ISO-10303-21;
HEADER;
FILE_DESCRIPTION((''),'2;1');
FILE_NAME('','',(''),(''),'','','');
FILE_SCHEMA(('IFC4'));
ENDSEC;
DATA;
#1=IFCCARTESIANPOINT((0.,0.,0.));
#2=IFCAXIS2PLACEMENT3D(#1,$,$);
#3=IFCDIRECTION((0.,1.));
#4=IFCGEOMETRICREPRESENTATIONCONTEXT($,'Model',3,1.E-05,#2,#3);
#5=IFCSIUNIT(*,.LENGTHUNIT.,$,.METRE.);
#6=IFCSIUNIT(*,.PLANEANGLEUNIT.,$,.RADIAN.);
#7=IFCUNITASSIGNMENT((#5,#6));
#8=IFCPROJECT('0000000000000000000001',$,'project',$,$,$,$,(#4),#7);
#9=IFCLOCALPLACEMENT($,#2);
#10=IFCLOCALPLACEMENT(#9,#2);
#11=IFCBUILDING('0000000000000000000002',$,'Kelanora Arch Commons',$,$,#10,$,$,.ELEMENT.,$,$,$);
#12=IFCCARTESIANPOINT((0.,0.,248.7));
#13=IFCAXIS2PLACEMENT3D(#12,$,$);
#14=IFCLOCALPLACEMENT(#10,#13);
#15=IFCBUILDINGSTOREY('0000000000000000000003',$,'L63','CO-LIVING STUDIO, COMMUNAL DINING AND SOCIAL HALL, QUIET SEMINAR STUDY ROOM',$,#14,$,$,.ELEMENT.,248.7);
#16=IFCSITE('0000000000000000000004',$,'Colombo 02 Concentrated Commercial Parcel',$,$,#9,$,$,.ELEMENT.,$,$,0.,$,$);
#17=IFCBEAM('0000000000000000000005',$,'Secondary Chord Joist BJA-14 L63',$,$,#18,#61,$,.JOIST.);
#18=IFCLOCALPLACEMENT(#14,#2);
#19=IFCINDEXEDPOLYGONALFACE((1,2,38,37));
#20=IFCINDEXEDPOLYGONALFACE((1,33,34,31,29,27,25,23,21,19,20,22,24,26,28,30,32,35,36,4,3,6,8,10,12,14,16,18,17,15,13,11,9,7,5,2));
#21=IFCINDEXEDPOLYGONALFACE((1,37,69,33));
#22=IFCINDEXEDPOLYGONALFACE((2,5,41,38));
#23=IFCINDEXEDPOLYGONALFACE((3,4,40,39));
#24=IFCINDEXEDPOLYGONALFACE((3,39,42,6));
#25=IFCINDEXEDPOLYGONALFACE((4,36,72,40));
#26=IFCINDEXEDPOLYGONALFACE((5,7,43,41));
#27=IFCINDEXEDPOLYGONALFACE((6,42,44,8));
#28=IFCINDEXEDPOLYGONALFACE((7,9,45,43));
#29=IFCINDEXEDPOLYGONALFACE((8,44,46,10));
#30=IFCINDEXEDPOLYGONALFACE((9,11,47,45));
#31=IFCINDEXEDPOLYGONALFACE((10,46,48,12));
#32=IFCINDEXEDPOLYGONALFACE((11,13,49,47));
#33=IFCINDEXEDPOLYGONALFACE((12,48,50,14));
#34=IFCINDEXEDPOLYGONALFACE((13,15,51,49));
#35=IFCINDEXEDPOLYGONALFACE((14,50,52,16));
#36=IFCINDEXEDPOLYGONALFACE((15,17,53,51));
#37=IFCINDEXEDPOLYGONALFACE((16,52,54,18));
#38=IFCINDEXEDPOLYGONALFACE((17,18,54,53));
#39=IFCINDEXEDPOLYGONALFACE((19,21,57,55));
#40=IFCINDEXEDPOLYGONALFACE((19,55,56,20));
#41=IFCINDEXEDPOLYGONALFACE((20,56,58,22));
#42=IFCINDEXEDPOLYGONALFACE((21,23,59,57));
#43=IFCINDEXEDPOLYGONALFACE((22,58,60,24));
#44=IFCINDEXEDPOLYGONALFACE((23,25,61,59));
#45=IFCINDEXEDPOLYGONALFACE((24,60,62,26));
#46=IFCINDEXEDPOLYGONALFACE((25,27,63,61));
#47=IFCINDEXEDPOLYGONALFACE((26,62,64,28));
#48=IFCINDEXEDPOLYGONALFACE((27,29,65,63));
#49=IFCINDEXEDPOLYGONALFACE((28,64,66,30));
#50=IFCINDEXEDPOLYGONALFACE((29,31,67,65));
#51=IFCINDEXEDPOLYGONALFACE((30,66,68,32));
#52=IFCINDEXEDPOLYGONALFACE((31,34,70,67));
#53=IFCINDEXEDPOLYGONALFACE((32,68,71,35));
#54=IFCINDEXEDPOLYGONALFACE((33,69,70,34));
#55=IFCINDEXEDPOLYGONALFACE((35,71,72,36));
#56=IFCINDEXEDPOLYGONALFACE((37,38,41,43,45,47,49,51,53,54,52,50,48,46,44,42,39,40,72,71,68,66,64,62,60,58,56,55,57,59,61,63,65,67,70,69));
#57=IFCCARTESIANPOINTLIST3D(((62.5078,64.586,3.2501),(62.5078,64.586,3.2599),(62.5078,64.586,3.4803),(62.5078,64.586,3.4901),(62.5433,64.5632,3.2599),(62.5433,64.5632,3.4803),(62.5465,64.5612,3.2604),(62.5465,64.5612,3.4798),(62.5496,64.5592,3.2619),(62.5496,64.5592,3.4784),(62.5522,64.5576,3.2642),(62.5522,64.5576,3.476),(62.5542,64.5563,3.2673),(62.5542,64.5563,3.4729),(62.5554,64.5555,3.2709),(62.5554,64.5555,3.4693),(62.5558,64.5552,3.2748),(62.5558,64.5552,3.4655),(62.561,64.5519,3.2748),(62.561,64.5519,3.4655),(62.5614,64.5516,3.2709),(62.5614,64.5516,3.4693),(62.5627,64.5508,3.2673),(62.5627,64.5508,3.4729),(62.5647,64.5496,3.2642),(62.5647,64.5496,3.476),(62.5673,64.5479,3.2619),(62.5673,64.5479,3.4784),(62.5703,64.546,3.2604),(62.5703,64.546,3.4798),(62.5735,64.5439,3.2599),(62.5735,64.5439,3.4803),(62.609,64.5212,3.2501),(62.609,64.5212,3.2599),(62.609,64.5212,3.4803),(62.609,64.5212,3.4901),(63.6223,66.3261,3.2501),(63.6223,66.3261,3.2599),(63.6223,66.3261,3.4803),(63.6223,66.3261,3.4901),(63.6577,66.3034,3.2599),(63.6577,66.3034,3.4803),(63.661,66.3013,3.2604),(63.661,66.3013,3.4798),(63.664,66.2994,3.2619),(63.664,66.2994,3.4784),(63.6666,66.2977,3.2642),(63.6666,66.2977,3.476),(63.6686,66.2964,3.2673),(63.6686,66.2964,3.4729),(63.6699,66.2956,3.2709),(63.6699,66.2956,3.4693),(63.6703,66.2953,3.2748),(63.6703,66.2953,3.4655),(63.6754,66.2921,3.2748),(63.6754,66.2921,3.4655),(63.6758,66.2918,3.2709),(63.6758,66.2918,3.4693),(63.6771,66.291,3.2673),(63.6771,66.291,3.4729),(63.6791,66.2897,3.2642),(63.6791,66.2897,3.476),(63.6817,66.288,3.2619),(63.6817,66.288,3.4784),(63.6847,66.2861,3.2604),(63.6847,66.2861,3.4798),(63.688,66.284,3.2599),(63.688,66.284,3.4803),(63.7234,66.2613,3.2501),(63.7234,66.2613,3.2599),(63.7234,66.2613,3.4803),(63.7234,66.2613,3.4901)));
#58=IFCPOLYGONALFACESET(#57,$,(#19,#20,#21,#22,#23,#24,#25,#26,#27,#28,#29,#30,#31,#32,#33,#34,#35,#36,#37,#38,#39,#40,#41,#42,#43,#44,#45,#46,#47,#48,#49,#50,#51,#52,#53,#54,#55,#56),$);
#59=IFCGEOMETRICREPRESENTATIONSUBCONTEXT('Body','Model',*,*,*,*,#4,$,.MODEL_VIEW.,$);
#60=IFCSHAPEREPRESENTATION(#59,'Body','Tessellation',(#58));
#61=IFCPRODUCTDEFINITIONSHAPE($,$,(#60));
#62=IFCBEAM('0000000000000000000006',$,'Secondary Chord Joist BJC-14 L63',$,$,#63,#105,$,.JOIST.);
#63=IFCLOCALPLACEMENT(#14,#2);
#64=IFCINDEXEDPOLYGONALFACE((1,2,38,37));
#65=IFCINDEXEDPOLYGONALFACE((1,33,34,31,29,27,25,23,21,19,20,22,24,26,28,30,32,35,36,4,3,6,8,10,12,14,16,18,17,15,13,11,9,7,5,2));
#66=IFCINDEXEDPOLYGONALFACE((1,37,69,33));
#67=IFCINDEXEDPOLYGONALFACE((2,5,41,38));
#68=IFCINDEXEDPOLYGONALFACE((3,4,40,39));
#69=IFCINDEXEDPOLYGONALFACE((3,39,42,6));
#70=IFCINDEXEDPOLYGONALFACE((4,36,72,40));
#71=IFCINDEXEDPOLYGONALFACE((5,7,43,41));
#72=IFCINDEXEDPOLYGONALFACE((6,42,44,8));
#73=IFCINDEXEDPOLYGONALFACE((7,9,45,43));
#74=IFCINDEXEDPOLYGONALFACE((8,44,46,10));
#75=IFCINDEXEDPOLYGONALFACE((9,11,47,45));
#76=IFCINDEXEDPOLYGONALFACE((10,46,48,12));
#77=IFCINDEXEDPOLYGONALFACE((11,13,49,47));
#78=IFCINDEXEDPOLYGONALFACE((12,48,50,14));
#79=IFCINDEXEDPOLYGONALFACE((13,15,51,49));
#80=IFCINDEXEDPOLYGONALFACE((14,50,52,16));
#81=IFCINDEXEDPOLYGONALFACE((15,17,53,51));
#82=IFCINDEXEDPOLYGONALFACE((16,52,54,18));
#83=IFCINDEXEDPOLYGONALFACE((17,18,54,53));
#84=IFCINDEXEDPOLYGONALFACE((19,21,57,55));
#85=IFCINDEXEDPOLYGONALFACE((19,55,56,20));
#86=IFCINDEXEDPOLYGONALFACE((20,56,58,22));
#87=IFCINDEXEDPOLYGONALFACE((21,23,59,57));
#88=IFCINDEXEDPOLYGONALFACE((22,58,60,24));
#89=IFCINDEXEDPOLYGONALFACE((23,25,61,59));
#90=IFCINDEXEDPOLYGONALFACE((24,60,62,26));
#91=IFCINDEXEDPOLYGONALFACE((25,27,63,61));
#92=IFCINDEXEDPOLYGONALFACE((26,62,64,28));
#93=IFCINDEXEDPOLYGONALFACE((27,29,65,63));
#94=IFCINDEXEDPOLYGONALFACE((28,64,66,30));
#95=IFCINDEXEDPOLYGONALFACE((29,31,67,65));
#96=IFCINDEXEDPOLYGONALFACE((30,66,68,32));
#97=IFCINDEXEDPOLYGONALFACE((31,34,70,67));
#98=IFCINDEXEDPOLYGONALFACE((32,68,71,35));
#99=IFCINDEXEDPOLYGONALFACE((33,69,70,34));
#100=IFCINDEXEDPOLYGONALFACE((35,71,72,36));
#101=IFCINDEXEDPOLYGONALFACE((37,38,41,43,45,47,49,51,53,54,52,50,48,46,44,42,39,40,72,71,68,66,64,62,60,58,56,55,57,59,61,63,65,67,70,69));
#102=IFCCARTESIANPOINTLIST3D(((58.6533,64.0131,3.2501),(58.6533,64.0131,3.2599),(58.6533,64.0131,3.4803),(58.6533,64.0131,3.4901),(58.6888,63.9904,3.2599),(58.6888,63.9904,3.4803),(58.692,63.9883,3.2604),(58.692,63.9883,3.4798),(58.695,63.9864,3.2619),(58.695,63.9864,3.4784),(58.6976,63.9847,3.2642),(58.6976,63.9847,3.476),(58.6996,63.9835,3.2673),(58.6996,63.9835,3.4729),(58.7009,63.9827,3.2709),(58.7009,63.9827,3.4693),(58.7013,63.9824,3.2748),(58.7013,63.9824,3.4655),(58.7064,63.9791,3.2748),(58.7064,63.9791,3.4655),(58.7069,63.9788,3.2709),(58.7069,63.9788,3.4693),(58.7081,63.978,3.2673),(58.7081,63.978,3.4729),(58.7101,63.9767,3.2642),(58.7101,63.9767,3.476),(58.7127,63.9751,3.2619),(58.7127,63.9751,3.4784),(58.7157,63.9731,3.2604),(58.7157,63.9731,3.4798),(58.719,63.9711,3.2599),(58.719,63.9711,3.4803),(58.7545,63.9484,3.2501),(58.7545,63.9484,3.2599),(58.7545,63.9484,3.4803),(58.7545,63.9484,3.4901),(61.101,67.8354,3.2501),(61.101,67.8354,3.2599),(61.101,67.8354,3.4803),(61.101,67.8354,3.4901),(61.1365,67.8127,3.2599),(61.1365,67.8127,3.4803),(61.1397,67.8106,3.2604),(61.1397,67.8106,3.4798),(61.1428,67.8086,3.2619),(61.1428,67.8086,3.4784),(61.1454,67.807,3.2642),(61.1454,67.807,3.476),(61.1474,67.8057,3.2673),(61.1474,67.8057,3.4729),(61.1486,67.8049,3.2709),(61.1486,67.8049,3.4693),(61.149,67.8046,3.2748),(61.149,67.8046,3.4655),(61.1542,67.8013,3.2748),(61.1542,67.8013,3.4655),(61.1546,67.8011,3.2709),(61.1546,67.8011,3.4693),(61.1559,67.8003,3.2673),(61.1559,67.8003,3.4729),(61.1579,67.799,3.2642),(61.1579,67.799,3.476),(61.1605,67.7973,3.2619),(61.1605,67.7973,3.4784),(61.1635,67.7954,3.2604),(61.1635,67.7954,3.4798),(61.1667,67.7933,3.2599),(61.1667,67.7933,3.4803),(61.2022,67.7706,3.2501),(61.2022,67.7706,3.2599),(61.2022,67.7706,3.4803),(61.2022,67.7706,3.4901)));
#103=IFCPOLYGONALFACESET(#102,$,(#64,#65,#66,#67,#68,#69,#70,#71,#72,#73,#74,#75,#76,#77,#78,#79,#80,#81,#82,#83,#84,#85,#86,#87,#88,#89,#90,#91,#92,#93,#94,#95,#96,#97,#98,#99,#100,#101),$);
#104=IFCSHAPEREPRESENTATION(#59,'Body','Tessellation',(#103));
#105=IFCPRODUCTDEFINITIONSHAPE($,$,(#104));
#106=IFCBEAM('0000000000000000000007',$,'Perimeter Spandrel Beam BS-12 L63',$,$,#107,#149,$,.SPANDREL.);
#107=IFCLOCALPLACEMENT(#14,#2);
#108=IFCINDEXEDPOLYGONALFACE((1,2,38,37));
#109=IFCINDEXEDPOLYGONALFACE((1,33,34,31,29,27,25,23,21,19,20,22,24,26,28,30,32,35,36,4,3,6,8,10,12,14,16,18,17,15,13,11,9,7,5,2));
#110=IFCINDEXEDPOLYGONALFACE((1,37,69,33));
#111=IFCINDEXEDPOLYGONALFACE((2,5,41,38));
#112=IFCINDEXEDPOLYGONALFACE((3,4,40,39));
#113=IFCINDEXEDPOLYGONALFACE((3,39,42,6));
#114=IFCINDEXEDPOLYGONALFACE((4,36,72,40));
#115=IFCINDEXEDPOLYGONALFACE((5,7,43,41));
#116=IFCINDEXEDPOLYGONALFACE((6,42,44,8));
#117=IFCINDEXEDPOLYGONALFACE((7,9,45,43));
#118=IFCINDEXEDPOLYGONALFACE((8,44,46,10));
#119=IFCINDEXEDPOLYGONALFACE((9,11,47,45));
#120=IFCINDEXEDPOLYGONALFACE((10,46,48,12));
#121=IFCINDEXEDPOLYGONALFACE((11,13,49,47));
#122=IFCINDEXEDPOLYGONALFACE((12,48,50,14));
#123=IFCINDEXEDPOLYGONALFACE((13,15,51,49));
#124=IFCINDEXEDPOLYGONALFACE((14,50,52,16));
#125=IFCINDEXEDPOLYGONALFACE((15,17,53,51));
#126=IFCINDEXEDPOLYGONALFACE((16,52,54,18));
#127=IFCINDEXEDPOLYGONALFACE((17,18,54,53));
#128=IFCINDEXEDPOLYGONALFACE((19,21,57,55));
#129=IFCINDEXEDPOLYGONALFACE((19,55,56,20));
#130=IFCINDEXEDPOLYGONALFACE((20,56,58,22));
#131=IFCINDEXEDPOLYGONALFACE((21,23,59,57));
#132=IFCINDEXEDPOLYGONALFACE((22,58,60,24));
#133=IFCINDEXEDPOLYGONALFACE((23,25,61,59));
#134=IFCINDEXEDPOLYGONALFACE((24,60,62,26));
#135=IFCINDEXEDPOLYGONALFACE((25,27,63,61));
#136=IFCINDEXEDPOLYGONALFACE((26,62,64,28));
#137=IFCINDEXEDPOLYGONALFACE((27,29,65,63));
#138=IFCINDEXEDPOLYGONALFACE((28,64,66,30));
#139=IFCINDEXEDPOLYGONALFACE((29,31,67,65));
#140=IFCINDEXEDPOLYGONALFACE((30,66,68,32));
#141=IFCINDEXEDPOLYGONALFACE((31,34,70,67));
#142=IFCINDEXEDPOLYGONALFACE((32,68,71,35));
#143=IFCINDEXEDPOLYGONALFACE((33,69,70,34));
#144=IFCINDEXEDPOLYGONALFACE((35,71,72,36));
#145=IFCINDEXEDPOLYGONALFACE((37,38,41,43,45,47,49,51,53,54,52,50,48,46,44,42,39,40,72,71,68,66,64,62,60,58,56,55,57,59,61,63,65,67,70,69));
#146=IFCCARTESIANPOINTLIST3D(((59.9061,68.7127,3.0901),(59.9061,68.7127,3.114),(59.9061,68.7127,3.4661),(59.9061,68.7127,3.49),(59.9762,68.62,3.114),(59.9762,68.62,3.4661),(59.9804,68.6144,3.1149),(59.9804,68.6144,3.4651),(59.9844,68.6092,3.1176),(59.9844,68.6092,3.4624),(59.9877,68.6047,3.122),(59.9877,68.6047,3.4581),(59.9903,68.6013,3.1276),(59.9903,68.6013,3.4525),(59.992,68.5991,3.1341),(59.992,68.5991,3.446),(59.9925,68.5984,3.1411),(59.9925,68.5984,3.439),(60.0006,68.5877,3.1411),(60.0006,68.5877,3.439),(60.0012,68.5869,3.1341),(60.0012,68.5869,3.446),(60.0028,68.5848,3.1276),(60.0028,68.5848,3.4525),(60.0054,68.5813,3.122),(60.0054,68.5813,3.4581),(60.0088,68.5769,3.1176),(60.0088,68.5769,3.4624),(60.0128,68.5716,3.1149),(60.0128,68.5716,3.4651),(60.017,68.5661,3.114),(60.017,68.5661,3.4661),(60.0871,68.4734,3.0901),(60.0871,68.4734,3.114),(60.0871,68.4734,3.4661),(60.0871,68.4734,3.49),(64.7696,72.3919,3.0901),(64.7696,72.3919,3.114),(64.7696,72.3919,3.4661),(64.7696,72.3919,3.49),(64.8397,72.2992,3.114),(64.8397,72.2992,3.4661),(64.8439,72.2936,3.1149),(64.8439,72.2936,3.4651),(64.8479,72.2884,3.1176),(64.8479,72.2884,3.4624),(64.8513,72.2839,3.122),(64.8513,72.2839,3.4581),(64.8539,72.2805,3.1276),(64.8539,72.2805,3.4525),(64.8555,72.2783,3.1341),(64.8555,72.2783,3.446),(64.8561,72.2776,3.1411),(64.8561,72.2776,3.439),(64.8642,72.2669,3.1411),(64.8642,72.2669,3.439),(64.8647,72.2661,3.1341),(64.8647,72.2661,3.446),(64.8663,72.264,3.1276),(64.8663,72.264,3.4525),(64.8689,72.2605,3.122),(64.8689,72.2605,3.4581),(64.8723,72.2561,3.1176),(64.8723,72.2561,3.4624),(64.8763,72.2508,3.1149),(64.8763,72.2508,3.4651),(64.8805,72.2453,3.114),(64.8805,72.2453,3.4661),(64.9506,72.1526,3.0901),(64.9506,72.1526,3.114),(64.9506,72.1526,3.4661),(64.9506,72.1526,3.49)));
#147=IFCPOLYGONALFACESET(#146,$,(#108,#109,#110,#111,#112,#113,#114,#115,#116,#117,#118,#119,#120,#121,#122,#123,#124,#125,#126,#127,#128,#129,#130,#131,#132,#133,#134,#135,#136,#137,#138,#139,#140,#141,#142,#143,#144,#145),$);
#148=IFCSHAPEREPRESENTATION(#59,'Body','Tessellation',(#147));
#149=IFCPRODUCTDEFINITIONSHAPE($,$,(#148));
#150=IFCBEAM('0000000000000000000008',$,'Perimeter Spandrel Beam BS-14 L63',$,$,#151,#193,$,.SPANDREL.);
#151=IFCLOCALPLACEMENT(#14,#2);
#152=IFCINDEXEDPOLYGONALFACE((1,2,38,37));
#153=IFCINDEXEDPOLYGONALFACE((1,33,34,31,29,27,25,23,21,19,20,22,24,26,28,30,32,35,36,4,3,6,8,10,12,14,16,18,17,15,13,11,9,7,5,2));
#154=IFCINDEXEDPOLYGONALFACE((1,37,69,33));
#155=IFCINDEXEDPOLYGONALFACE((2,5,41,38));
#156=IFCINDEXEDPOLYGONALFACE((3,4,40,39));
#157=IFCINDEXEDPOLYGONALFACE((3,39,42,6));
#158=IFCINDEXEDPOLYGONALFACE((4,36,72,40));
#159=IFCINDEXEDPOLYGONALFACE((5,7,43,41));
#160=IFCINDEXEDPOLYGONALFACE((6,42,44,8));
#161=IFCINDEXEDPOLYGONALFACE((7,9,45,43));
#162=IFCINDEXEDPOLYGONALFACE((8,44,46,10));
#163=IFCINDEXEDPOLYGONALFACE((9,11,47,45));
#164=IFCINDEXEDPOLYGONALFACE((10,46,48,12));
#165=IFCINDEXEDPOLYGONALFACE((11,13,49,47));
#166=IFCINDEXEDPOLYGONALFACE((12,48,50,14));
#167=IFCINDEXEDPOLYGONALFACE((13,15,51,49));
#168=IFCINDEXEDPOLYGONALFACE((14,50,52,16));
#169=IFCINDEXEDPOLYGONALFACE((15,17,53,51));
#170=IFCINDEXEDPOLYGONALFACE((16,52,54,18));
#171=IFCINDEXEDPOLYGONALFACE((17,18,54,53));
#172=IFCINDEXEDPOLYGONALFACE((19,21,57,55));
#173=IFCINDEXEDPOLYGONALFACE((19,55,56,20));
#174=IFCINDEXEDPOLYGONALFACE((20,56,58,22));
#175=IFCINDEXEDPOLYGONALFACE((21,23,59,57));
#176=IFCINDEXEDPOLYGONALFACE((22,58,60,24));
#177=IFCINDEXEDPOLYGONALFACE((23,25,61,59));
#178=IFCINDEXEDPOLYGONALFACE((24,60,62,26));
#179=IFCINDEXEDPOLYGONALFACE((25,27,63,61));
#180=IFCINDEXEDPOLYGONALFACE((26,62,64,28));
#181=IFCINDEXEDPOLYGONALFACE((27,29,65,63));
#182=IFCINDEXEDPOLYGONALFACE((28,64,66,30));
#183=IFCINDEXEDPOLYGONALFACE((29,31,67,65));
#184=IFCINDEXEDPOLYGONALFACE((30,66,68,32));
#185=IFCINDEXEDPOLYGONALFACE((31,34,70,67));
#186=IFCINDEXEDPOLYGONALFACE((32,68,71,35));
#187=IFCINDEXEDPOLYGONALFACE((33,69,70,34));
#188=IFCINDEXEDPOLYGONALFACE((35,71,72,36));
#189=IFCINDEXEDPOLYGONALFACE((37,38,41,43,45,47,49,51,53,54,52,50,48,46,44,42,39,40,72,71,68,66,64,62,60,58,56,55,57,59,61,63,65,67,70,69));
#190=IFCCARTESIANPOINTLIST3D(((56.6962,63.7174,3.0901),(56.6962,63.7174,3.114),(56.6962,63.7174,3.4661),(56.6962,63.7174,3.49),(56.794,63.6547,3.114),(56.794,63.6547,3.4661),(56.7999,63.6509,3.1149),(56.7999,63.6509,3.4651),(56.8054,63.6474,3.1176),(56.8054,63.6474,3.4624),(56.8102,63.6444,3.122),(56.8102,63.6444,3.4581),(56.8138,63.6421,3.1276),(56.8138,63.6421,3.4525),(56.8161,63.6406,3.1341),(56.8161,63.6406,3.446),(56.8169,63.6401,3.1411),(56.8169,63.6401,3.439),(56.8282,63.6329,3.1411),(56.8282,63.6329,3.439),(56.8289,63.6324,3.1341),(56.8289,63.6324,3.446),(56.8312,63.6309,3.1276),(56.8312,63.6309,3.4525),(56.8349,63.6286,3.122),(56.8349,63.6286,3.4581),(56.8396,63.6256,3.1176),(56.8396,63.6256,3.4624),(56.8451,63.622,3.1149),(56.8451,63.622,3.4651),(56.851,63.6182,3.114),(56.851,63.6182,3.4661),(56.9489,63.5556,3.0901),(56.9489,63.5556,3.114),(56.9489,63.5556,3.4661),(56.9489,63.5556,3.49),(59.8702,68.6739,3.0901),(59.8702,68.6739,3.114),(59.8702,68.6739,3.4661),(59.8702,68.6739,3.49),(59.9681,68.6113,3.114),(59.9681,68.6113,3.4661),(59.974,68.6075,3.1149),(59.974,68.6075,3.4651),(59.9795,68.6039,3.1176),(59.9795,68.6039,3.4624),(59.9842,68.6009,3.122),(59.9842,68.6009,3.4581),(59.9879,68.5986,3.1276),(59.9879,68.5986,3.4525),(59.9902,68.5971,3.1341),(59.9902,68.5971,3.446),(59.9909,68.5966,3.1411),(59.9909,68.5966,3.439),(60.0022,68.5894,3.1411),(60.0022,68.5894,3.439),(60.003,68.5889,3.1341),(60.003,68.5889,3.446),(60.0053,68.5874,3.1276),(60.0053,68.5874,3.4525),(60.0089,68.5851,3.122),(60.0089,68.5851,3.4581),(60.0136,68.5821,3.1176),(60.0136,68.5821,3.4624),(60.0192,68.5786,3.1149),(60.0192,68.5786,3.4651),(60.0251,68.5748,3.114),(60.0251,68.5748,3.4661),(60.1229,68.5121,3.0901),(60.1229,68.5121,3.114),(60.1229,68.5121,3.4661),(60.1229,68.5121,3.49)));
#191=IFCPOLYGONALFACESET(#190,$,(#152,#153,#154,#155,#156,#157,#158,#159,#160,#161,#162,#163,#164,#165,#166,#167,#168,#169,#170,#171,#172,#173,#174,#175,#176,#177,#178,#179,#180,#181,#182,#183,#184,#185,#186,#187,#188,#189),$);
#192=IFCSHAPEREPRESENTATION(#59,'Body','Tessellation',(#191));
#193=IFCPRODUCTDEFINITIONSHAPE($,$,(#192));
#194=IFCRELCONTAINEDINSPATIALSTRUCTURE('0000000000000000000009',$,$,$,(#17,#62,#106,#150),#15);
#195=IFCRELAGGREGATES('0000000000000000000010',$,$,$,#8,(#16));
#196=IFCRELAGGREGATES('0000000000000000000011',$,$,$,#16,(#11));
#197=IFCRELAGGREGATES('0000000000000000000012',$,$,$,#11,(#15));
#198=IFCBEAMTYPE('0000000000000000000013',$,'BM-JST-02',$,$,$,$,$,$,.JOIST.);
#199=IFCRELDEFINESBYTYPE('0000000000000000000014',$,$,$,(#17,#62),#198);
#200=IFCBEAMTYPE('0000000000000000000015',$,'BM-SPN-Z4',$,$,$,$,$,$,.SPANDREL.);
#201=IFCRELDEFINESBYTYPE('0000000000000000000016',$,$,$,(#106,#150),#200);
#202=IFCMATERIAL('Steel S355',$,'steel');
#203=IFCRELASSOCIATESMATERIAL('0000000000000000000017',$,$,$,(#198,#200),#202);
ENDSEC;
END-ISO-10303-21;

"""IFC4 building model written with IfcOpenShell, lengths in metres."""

from ifc_helpers import new_model, si_unit, direction, frame, origin, origin_2d, place, context, subcontext, project, spatial, i_section, extrude, material, material_profile, profile_set, type_object, element, save


model = new_model("IFC4")

# Units and contexts
model_context = context("Model", 3, precision=1e-05, world=origin(), true_north=direction((0.0, 1.0)))
body_context = subcontext(model_context, "Body", "Model", "MODEL_VIEW")
ifc_project = project(units=[si_unit("LENGTHUNIT", "METRE"), si_unit("PLANEANGLEUNIT", "RADIAN")], contexts=[model_context])

# Site, building, storey
site_placement = place(None, origin())
site = spatial("IfcSite", under=ifc_project, at=site_placement, Name="Colombo 02 Concentrated Commercial Parcel", CompositionType="ELEMENT", RefElevation=0.0)
building_placement = place(site_placement, origin())
building = spatial("IfcBuilding", under=site, at=building_placement, Name="Kelanora Arch Commons", CompositionType="ELEMENT")
storey_placement = place(building_placement, frame((0.0, 0.0, 248.7)))
storey = spatial("IfcBuildingStorey", under=building, at=storey_placement, Name="L63", Description="CO-LIVING STUDIO, COMMUNAL DINING AND SOCIAL HALL, QUIET SEMINAR STUDY ROOM", CompositionType="ELEMENT", Elevation=248.7)

# Beams
ifc_material_1 = material(Name="Steel S355", Category="steel")
ifc_material_profile_1 = material_profile(ifc_material_1, i_section(OverallWidth=0.1201, OverallDepth=0.24, WebThickness=0.0061, FlangeThickness=0.0098, FilletRadius=0.0149, at=origin_2d()), Name="IPE240")
ifc_profile_set_1 = profile_set([ifc_material_profile_1], Name="Steel S355")
beam_type_1 = type_object("IfcBeamType", Name="BM-JST-02", PredefinedType="JOIST", material=ifc_profile_set_1)
beam_1_placement = place(storey_placement, frame((63.6729, 66.2937, 3.3701), z_axis=(-0.539312, -0.842106, 0.0), x_axis=(0.842106, -0.539312, 0.0)))
element("IfcBeam", 1, at=beam_1_placement, inside=storey, type_object=beam_type_1, Name="Secondary Chord Joist BJA-14 L63", PredefinedType="JOIST", context=body_context, shape_type="SweptSolid", body=[
    extrude(i_section(OverallWidth=0.1201, OverallDepth=0.24, WebThickness=0.0061, FlangeThickness=0.0098, FilletRadius=0.0149, at=origin_2d()), origin(), (0.0, 0.0, 1.0), 2.0664),
])
beam_2_placement = place(storey_placement, frame((61.1516, 67.803, 3.3701), z_axis=(-0.539289, -0.842121, 0.0), x_axis=(0.842121, -0.539289, 0.0)))
element("IfcBeam", 2, at=beam_2_placement, inside=storey, type_object=beam_type_1, Name="Secondary Chord Joist BJC-14 L63", PredefinedType="JOIST", context=body_context, shape_type="SweptSolid", body=[
    extrude(i_section(OverallWidth=0.1201, OverallDepth=0.24, WebThickness=0.0061, FlangeThickness=0.0098, FilletRadius=0.0149, at=origin_2d()), origin(), (0.0, 0.0, 1.0), 4.5388),
])
ifc_material_profile_2 = material_profile(ifc_material_1, i_section(OverallWidth=0.3, OverallDepth=0.3999, WebThickness=0.0134, FlangeThickness=0.0239, FilletRadius=0.0271, at=origin_2d()), Name="HEB400")
ifc_profile_set_2 = profile_set([ifc_material_profile_2], Name="Steel S355")
beam_type_2 = type_object("IfcBeamType", Name="BM-SPN-Z4", PredefinedType="SPANDREL", material=ifc_profile_set_2)
beam_3_placement = place(storey_placement, frame((64.8601, 72.2722, 3.29), z_axis=(-0.797509, -0.603306, 0.0), x_axis=(0.603306, -0.797509, 0.0)))
element("IfcBeam", 3, at=beam_3_placement, inside=storey, type_object=beam_type_2, Name="Perimeter Spandrel Beam BS-12 L63", PredefinedType="SPANDREL", context=body_context, shape_type="SweptSolid", body=[
    extrude(i_section(OverallWidth=0.3, OverallDepth=0.3999, WebThickness=0.0134, FlangeThickness=0.0239, FilletRadius=0.0271, at=origin_2d()), origin(), (0.0, 0.0, 1.0), 6.0984),
])
beam_4_placement = place(storey_placement, frame((59.9966, 68.593, 3.29), z_axis=(-0.539281, -0.842126, 0.0), x_axis=(0.842126, -0.539281, 0.0)))
element("IfcBeam", 4, at=beam_4_placement, inside=storey, type_object=beam_type_2, Name="Perimeter Spandrel Beam BS-14 L63", PredefinedType="SPANDREL", context=body_context, shape_type="SweptSolid", body=[
    extrude(i_section(OverallWidth=0.3, OverallDepth=0.3999, WebThickness=0.0134, FlangeThickness=0.0239, FilletRadius=0.0271, at=origin_2d()), origin(), (0.0, 0.0, 1.0), 5.8857),
])

save(model, "model.ifc")
